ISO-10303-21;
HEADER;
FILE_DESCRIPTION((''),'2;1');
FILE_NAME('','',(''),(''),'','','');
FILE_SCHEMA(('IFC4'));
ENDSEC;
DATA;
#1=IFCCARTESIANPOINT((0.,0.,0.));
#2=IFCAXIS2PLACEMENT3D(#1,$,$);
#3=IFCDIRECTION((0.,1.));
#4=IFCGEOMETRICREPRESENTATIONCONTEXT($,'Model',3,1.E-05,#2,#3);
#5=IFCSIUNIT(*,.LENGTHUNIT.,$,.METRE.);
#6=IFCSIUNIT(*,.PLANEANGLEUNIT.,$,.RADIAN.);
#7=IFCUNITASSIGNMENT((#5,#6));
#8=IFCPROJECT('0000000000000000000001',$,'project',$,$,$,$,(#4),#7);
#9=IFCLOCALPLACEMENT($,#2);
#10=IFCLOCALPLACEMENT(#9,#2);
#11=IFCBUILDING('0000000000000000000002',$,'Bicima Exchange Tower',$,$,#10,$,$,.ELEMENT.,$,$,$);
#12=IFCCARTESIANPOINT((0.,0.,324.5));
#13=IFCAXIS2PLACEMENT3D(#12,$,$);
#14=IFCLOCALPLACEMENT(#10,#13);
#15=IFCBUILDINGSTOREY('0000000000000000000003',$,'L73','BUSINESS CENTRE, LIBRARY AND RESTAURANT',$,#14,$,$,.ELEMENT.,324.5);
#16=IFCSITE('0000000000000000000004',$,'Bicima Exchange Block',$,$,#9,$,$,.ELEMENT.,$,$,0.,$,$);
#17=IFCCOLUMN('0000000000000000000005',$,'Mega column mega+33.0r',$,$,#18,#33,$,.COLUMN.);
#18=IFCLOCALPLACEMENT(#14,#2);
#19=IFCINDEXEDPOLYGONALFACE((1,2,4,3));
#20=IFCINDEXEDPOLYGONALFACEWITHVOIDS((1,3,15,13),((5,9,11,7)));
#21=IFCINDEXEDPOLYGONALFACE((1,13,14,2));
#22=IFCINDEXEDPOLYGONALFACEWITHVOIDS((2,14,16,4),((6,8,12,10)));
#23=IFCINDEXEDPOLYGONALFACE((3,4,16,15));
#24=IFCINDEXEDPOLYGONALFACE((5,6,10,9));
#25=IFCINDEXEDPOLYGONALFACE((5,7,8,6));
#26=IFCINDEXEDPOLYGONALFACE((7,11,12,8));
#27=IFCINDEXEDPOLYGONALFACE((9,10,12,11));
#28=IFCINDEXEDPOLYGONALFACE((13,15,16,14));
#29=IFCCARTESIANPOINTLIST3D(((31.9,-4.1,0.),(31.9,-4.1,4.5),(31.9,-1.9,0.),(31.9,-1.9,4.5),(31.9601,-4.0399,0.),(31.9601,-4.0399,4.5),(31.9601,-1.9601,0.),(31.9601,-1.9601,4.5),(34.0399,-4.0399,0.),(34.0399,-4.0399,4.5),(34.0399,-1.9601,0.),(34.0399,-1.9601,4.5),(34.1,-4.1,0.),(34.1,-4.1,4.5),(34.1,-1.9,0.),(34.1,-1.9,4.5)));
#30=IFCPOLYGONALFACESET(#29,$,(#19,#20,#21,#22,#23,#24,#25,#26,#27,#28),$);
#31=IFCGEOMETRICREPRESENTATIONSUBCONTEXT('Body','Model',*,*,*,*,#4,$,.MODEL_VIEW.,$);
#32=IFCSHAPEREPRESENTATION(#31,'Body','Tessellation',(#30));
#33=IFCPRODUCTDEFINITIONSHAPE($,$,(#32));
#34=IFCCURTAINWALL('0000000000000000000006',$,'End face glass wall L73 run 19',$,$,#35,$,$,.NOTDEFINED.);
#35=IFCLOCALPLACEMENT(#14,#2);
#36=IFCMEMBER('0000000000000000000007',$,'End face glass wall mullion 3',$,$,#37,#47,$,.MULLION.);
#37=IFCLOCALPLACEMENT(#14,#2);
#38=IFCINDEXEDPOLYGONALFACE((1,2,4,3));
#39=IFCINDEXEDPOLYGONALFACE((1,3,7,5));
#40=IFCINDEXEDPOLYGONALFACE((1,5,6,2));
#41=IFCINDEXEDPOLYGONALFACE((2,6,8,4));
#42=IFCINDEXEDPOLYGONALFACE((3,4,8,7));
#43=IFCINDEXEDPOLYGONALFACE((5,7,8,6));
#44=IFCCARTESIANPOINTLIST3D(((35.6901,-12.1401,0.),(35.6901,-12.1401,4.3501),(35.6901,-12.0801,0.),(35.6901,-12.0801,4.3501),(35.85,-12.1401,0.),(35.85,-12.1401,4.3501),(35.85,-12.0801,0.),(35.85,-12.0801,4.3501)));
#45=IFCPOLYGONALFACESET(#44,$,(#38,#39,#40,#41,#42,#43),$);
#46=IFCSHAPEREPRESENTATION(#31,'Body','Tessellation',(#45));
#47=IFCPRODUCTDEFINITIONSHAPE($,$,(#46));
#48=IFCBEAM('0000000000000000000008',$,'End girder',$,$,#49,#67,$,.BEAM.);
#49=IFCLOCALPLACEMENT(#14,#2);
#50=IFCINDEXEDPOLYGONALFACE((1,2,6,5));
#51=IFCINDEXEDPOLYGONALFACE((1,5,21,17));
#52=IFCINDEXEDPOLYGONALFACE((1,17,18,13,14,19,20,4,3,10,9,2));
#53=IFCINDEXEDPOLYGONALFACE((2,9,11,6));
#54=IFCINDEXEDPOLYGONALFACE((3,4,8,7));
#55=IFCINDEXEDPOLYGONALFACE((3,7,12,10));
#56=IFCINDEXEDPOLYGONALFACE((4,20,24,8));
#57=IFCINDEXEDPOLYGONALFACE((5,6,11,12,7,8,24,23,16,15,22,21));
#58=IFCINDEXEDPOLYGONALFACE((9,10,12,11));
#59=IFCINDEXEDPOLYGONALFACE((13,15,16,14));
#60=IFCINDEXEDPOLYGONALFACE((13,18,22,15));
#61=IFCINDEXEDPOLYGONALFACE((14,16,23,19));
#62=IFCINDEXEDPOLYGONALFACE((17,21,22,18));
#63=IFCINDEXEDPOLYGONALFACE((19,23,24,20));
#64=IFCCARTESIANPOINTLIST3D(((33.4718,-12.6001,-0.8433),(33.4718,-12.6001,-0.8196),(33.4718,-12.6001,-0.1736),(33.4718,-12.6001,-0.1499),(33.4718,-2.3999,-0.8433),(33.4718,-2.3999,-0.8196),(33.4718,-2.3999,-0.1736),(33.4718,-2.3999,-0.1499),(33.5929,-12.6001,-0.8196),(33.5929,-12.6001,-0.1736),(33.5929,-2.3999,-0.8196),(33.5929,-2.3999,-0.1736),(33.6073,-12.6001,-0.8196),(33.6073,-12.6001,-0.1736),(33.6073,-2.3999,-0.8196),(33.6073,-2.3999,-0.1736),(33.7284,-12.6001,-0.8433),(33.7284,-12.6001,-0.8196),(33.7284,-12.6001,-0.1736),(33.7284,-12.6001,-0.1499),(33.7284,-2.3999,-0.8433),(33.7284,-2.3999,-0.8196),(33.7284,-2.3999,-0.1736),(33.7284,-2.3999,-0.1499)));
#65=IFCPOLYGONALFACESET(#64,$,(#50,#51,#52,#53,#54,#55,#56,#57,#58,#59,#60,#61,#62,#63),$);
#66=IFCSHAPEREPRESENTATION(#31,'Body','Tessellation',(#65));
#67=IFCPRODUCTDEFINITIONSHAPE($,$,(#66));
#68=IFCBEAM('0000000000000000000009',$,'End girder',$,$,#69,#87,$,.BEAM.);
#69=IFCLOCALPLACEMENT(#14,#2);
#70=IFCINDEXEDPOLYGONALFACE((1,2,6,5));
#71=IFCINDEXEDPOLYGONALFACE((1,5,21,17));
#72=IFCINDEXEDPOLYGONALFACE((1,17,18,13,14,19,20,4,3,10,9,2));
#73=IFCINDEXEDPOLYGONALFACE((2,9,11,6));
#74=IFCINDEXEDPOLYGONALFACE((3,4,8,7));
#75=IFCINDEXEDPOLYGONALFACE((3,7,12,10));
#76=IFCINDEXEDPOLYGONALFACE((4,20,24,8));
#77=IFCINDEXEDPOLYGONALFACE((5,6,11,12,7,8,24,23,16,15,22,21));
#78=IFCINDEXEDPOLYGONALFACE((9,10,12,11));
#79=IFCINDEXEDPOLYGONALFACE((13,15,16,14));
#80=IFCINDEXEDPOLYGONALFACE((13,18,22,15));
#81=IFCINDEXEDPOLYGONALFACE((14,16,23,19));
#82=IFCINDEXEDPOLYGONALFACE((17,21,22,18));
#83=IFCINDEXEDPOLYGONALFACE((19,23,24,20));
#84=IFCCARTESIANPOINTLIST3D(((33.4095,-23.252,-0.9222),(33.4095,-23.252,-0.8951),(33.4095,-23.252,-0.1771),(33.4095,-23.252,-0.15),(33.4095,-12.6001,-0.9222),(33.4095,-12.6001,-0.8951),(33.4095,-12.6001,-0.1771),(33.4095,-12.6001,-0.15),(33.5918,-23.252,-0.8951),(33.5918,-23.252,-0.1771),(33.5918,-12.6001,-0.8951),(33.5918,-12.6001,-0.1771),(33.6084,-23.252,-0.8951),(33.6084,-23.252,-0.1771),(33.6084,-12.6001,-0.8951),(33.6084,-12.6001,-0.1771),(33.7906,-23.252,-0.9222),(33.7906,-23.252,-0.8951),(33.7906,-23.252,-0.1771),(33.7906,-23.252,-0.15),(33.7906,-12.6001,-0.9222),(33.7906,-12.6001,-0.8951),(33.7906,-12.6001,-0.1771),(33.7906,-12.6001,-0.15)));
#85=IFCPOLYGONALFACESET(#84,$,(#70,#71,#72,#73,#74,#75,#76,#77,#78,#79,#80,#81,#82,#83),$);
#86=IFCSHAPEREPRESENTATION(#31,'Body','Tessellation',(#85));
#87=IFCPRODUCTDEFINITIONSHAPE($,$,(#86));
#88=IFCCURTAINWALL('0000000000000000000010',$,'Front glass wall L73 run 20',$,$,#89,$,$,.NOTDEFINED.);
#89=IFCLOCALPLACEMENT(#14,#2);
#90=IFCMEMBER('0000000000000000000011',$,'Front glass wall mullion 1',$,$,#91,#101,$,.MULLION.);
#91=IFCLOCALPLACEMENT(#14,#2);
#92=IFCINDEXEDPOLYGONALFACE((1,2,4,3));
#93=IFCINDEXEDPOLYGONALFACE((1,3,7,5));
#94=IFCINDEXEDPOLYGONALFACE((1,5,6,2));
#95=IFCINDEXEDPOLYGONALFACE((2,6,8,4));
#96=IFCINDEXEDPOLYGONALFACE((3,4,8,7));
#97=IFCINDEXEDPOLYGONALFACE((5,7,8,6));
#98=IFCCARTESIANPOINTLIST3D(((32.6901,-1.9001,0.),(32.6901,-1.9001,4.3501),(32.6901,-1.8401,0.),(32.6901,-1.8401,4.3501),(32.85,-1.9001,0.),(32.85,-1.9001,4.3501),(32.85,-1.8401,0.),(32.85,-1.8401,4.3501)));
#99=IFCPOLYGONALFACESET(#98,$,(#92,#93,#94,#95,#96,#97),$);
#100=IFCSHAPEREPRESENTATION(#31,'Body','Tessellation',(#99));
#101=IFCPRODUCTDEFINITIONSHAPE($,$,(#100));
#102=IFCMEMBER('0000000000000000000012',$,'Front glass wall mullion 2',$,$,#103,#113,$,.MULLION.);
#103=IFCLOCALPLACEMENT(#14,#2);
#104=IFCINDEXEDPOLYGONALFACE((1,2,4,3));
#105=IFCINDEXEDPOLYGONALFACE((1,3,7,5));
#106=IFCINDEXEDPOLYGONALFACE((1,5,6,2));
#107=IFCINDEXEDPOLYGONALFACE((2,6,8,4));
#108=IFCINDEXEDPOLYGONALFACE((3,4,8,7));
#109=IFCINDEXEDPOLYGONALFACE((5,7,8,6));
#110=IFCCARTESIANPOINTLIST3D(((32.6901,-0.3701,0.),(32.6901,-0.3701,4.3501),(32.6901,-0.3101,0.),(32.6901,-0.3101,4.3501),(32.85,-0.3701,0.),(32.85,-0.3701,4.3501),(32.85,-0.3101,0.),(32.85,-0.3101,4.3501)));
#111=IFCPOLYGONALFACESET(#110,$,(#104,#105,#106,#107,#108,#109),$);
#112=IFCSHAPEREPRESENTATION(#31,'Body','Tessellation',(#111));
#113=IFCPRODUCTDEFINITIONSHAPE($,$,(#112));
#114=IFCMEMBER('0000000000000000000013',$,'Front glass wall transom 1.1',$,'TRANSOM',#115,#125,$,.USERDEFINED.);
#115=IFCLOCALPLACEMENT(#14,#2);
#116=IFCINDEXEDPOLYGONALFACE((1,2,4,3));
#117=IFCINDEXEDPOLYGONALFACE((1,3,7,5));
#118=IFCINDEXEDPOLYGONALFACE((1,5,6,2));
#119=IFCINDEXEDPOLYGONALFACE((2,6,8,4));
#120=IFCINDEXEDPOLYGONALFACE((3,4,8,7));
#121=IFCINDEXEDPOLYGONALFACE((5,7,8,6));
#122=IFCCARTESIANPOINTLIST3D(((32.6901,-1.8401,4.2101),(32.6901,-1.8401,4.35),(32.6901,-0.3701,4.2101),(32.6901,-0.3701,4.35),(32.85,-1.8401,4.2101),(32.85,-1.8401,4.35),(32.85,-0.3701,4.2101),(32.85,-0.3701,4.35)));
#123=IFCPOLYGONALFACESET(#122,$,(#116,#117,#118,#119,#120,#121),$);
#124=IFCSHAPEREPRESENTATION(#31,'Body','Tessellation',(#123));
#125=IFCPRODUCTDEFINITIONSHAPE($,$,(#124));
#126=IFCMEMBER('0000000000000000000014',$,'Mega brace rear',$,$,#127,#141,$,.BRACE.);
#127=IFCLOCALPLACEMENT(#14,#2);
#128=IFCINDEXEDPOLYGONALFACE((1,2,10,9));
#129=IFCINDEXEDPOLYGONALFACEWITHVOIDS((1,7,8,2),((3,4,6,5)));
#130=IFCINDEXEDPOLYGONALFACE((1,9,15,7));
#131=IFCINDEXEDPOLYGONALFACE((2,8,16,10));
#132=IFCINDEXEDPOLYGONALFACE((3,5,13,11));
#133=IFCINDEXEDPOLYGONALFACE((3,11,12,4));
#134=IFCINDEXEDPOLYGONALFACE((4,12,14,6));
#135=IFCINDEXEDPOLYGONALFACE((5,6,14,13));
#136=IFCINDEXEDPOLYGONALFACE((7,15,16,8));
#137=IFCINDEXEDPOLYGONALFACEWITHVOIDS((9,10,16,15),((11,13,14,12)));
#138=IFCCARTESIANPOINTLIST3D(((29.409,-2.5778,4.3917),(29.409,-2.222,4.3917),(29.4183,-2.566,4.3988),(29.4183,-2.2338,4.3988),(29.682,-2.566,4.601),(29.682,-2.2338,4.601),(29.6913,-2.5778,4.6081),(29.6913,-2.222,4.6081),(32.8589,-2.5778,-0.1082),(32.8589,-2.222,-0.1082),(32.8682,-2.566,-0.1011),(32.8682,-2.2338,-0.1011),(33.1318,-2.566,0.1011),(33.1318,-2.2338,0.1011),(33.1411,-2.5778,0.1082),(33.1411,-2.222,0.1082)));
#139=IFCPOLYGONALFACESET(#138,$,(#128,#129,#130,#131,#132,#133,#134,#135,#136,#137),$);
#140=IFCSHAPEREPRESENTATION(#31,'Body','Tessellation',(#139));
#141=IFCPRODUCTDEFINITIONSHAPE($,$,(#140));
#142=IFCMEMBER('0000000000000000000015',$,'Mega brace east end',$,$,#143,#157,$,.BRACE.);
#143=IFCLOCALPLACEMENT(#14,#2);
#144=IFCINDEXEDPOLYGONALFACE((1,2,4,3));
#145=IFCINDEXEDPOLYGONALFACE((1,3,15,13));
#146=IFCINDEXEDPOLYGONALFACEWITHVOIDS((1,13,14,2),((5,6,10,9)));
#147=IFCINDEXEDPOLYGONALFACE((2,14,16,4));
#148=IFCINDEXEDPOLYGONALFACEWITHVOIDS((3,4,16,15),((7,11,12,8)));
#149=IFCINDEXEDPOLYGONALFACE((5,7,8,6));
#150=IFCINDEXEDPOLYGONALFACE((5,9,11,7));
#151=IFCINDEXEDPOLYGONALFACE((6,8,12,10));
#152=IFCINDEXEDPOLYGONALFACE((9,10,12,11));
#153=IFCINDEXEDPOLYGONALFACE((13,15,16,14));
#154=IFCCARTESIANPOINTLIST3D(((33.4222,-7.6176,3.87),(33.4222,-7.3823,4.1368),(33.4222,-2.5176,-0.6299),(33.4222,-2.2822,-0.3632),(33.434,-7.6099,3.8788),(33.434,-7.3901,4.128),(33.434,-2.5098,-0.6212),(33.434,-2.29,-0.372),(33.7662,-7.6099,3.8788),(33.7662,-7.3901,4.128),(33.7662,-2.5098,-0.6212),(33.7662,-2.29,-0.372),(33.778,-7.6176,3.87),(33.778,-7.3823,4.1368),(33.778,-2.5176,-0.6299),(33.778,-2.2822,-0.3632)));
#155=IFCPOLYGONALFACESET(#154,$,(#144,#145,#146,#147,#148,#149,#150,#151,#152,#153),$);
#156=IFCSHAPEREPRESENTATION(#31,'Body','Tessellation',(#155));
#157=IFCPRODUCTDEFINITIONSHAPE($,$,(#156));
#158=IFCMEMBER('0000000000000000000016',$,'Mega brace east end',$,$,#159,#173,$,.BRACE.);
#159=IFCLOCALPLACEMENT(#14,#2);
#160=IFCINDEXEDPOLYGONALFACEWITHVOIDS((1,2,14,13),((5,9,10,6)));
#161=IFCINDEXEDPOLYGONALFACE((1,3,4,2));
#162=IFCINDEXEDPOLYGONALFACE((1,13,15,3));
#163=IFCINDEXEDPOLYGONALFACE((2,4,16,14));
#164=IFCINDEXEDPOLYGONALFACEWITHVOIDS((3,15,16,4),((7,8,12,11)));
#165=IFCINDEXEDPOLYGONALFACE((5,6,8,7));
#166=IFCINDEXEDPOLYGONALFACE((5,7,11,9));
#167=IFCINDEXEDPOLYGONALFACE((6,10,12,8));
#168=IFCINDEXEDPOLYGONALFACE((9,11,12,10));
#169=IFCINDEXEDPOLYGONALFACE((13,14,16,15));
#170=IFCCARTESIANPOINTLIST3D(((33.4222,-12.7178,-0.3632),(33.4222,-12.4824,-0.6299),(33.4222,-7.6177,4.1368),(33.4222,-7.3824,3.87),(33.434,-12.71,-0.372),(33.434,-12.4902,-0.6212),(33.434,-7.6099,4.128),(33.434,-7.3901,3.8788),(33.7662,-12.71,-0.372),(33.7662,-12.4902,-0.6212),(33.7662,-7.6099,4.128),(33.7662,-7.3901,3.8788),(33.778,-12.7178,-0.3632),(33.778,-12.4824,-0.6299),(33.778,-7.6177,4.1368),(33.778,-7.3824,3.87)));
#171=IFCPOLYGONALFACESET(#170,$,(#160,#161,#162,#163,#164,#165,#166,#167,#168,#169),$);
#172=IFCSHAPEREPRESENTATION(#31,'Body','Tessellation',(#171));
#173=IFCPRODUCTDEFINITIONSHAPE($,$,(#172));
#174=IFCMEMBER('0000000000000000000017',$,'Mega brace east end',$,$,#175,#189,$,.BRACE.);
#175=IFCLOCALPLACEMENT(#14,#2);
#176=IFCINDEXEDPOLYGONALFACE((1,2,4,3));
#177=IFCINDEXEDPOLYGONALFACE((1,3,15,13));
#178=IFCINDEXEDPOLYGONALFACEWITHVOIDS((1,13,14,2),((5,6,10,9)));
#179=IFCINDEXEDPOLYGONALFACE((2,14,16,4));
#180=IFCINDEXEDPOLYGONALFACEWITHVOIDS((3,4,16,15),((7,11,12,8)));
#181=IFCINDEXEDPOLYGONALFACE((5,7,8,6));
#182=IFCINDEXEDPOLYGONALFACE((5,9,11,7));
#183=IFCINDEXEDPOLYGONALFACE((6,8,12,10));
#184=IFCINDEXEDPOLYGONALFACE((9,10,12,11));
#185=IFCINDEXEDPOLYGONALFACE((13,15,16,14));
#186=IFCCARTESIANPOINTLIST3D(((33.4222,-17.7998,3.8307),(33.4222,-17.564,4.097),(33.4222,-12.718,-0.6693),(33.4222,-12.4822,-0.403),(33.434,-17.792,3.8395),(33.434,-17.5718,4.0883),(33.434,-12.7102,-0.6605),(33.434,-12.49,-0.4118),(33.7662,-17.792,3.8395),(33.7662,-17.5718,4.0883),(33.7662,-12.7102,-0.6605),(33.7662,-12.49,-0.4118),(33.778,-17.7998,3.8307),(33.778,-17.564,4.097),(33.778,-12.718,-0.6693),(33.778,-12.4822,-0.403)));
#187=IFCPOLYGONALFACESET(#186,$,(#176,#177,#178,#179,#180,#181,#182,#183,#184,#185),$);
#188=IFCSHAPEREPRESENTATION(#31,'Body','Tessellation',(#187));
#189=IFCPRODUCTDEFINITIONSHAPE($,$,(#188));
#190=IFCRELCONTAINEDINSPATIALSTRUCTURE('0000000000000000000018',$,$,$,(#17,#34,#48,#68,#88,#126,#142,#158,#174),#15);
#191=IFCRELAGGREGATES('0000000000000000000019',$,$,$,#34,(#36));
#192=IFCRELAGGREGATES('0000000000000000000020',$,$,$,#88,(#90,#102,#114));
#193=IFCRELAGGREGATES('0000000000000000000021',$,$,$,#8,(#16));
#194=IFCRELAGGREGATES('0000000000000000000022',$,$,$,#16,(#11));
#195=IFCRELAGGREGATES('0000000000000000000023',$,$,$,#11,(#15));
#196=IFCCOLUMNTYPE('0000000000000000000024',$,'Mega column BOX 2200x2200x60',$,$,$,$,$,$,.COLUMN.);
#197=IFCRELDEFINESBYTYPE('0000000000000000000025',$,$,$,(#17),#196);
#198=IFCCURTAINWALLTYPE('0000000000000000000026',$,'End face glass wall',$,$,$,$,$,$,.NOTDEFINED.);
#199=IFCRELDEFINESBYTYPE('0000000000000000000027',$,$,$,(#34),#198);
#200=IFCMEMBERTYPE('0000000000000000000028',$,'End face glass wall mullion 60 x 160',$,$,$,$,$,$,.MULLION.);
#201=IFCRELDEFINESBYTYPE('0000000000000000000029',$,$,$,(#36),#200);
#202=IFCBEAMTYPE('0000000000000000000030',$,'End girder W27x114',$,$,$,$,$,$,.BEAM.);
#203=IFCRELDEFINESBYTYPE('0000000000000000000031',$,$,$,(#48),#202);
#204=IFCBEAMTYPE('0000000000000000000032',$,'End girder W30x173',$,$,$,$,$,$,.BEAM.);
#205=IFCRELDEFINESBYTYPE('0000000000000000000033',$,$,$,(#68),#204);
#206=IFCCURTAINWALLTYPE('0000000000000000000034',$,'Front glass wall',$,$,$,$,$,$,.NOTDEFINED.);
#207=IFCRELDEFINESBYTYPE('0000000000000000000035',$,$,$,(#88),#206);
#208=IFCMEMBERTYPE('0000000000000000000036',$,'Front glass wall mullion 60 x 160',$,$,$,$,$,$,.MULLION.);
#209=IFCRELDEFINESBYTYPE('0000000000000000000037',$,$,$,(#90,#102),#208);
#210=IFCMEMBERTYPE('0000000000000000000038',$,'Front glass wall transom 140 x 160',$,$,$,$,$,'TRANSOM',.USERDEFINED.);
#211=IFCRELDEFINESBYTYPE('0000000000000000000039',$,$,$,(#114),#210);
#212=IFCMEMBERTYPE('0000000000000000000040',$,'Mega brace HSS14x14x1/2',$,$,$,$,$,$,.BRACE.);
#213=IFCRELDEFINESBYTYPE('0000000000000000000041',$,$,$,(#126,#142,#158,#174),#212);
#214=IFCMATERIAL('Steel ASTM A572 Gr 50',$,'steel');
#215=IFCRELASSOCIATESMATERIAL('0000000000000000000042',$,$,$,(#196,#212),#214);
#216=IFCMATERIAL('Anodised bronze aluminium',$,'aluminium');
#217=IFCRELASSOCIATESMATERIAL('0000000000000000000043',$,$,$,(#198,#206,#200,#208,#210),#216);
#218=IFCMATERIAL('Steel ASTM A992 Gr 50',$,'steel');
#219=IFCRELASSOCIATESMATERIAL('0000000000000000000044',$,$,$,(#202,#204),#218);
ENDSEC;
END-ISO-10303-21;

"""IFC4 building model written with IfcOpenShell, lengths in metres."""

from ifc_helpers import new_model, si_unit, direction, frame, origin, origin_2d, place, context, subcontext, project, spatial, rectangle, hollow_rectangle, i_section, extrude, material, material_profile, profile_set, type_object, element, aggregate, save


model = new_model("IFC4")

# Units and contexts
model_context = context("Model", 3, precision=1e-05, world=origin(), true_north=direction((0.0, 1.0)))
body_context = subcontext(model_context, "Body", "Model", "MODEL_VIEW")
ifc_project = project(units=[si_unit("LENGTHUNIT", "METRE"), si_unit("PLANEANGLEUNIT", "RADIAN")], contexts=[model_context])

# Site, building, storey
site_placement = place(None, origin())
site = spatial("IfcSite", under=ifc_project, at=site_placement, Name="Bicima Exchange Block", CompositionType="ELEMENT", RefElevation=0.0)
building_placement = place(site_placement, origin())
building = spatial("IfcBuilding", under=site, at=building_placement, Name="Bicima Exchange Tower", CompositionType="ELEMENT")
storey_placement = place(building_placement, frame((0.0, 0.0, 324.5)))
storey = spatial("IfcBuildingStorey", under=building, at=storey_placement, Name="L73", Description="BUSINESS CENTRE, LIBRARY AND RESTAURANT", CompositionType="ELEMENT", Elevation=324.5)

# Column
ifc_material_1 = material(Name="Steel ASTM A572 Gr 50", Category="steel")
ifc_material_profile_1 = material_profile(ifc_material_1, hollow_rectangle(XDim=2.2, YDim=2.2, WallThickness=0.0601, at=origin_2d()))
ifc_profile_set_1 = profile_set([ifc_material_profile_1], Name="Steel ASTM A572 Gr 50")
column_type = type_object("IfcColumnType", Name="Mega column BOX 2200x2200x60", PredefinedType="COLUMN", material=ifc_profile_set_1)
column_placement = place(storey_placement, frame((33.0, -3.0, 0.0), z_axis=(0.0, 0.0, 1.0), x_axis=(1.0, 0.0, 0.0)))
element("IfcColumn", 1, at=column_placement, inside=storey, type_object=column_type, Name="Mega column mega+33.0r", PredefinedType="COLUMN", context=body_context, shape_type="SweptSolid", body=[
    extrude(hollow_rectangle(XDim=2.2, YDim=2.2, WallThickness=0.0601, at=origin_2d()), origin(), (0.0, 0.0, 1.0), 4.5),
])

# Curtain wall, member
ifc_material_2 = material(Name="Anodised bronze aluminium", Category="aluminium")
curtain_wall_type_1 = type_object("IfcCurtainWallType", Name="End face glass wall", PredefinedType="NOTDEFINED", material=ifc_material_2)
curtain_wall_1_placement = place(storey_placement, origin())
curtain_wall_1 = element("IfcCurtainWall", 2, at=curtain_wall_1_placement, inside=storey, type_object=curtain_wall_type_1, Name="End face glass wall L73 run 19", PredefinedType="NOTDEFINED")
ifc_material_profile_2 = material_profile(ifc_material_2, rectangle(XDim=0.1599, YDim=0.0601, at=origin_2d()))
ifc_profile_set_2 = profile_set([ifc_material_profile_2], Name="Anodised bronze aluminium")
member_type_1 = type_object("IfcMemberType", Name="End face glass wall mullion 60 x 160", PredefinedType="MULLION", material=ifc_profile_set_2)
member_1_placement = place(storey_placement, frame((35.77, -12.1101, 0.0), z_axis=(0.0, 0.0, 1.0), x_axis=(-1.0, 0.0, 0.0)))
member_1 = element("IfcMember", 3, at=member_1_placement, type_object=member_type_1, Name="End face glass wall mullion 3", PredefinedType="MULLION", context=body_context, shape_type="SweptSolid", body=[
    extrude(rectangle(XDim=0.1599, YDim=0.0601, at=origin_2d()), origin(), (0.0, 0.0, 1.0), 4.3501),
])
aggregate(curtain_wall_1, [member_1])

# Beams
ifc_material_3 = material(Name="Steel ASTM A992 Gr 50", Category="steel")
ifc_material_profile_3 = material_profile(ifc_material_3, i_section(OverallWidth=0.2566, OverallDepth=0.6934, WebThickness=0.0144, FlangeThickness=0.0237, at=origin_2d()))
ifc_profile_set_3 = profile_set([ifc_material_profile_3], Name="Steel ASTM A992 Gr 50")
beam_type_1 = type_object("IfcBeamType", Name="End girder W27x114", PredefinedType="BEAM", material=ifc_profile_set_3)
beam_1_placement = place(storey_placement, frame((33.6001, -2.3999, -0.4966), z_axis=(0.0, -1.0, 0.0), x_axis=(1.0, 0.0, 0.0)))
element("IfcBeam", 4, at=beam_1_placement, inside=storey, type_object=beam_type_1, Name="End girder", PredefinedType="BEAM", context=body_context, shape_type="SweptSolid", body=[
    extrude(i_section(OverallWidth=0.2566, OverallDepth=0.6934, WebThickness=0.0144, FlangeThickness=0.0237, at=origin_2d()), origin(), (0.0, 0.0, 1.0), 10.2002),
])
ifc_material_profile_4 = material_profile(ifc_material_3, i_section(OverallWidth=0.3811, OverallDepth=0.7722, WebThickness=0.0166, FlangeThickness=0.0271, at=origin_2d()))
ifc_profile_set_4 = profile_set([ifc_material_profile_4], Name="Steel ASTM A992 Gr 50")
beam_type_2 = type_object("IfcBeamType", Name="End girder W30x173", PredefinedType="BEAM", material=ifc_profile_set_4)
beam_2_placement = place(storey_placement, frame((33.6001, -12.6001, -0.5361), z_axis=(0.0, -1.0, 0.0), x_axis=(1.0, 0.0, 0.0)))
element("IfcBeam", 5, at=beam_2_placement, inside=storey, type_object=beam_type_2, Name="End girder", PredefinedType="BEAM", context=body_context, shape_type="SweptSolid", body=[
    extrude(i_section(OverallWidth=0.3811, OverallDepth=0.7722, WebThickness=0.0166, FlangeThickness=0.0271, at=origin_2d()), origin(), (0.0, 0.0, 1.0), 10.6519),
])

# Curtain wall, members
curtain_wall_type_2 = type_object("IfcCurtainWallType", Name="Front glass wall", PredefinedType="NOTDEFINED", material=ifc_material_2)
curtain_wall_2_placement = place(storey_placement, origin())
curtain_wall_2 = element("IfcCurtainWall", 6, at=curtain_wall_2_placement, inside=storey, type_object=curtain_wall_type_2, Name="Front glass wall L73 run 20", PredefinedType="NOTDEFINED")
member_type_2 = type_object("IfcMemberType", Name="Front glass wall mullion 60 x 160", PredefinedType="MULLION", material=ifc_profile_set_2)
member_2_placement = place(storey_placement, frame((32.77, -1.8701, 0.0), z_axis=(0.0, 0.0, 1.0), x_axis=(-1.0, 0.0, 0.0)))
member_2 = element("IfcMember", 7, at=member_2_placement, type_object=member_type_2, Name="Front glass wall mullion 1", PredefinedType="MULLION", context=body_context, shape_type="SweptSolid", body=[
    extrude(rectangle(XDim=0.1599, YDim=0.0601, at=origin_2d()), origin(), (0.0, 0.0, 1.0), 4.3501),
])
member_3_placement = place(storey_placement, frame((32.77, -0.3401, 0.0), z_axis=(0.0, 0.0, 1.0), x_axis=(-1.0, 0.0, 0.0)))
member_3 = element("IfcMember", 8, at=member_3_placement, type_object=member_type_2, Name="Front glass wall mullion 2", PredefinedType="MULLION", context=body_context, shape_type="SweptSolid", body=[
    extrude(rectangle(XDim=0.1599, YDim=0.0601, at=origin_2d()), origin(), (0.0, 0.0, 1.0), 4.3501),
])
ifc_material_profile_5 = material_profile(ifc_material_2, rectangle(XDim=0.1599, YDim=0.1399, at=origin_2d()))
ifc_profile_set_5 = profile_set([ifc_material_profile_5], Name="Anodised bronze aluminium")
member_type_3 = type_object("IfcMemberType", Name="Front glass wall transom 140 x 160", ElementType="TRANSOM", PredefinedType="USERDEFINED", material=ifc_profile_set_5)
member_4_placement = place(storey_placement, frame((32.77, -1.8401, 4.28), z_axis=(0.0, 1.0, 0.0), x_axis=(-1.0, 0.0, 0.0)))
member_4 = element("IfcMember", 9, at=member_4_placement, type_object=member_type_3, Name="Front glass wall transom 1.1", ObjectType="TRANSOM", PredefinedType="USERDEFINED", context=body_context, shape_type="SweptSolid", body=[
    extrude(rectangle(XDim=0.1599, YDim=0.1399, at=origin_2d()), origin(), (0.0, 0.0, 1.0), 1.47),
])

# Members
ifc_material_profile_6 = material_profile(ifc_material_1, hollow_rectangle(XDim=0.3557, YDim=0.3557, WallThickness=0.0117, at=origin_2d()))
ifc_profile_set_6 = profile_set([ifc_material_profile_6], Name="Steel ASTM A572 Gr 50")
member_type_4 = type_object("IfcMemberType", Name="Mega brace HSS14x14x1/2", PredefinedType="BRACE", material=ifc_profile_set_6)
member_5_placement = place(storey_placement, frame((33.0, -2.3999, 0.0), z_axis=(-0.608426, 0.0, 0.793611), x_axis=(0.0, -1.0, 0.0)))
element("IfcMember", 10, at=member_5_placement, inside=storey, type_object=member_type_4, Name="Mega brace rear", PredefinedType="BRACE", context=body_context, shape_type="SweptSolid", body=[
    extrude(hollow_rectangle(XDim=0.3557, YDim=0.3557, WallThickness=0.0117, at=origin_2d()), origin(), (0.0, 0.0, 1.0), 5.6702),
])
for number, where, z_axis, x_axis, name in (
    (11, (33.6001, -2.3999, -0.4966), (0.0, -0.749844, 0.661615), (1.0, 0.0, 0.0), "Mega brace east end"),
    (12, (33.6001, -12.6001, -0.4966), (0.0, 0.749844, 0.661615), (-1.0, 0.0, 0.0), "Mega brace east end"),
):
    element("IfcMember", number, at=place(storey_placement, frame(where, z_axis=z_axis, x_axis=x_axis)), inside=storey, type_object=member_type_4, Name=name, PredefinedType="BRACE", context=body_context, shape_type="SweptSolid", body=[
        extrude(hollow_rectangle(XDim=0.3557, YDim=0.3557, WallThickness=0.0117, at=origin_2d()), origin(), (0.0, 0.0, 1.0), 6.8015),
    ])
member_6_placement = place(storey_placement, frame((33.6001, -12.6001, -0.5361), z_axis=(0.0, -0.748662, 0.662952), x_axis=(1.0, 0.0, 0.0)))
element("IfcMember", 13, at=member_6_placement, inside=storey, type_object=member_type_4, Name="Mega brace east end", PredefinedType="BRACE", context=body_context, shape_type="SweptSolid", body=[
    extrude(hollow_rectangle(XDim=0.3557, YDim=0.3557, WallThickness=0.0117, at=origin_2d()), origin(), (0.0, 0.0, 1.0), 6.7878),
])

aggregate(curtain_wall_2, [member_2, member_3, member_4])

save(model, "model.ifc")
